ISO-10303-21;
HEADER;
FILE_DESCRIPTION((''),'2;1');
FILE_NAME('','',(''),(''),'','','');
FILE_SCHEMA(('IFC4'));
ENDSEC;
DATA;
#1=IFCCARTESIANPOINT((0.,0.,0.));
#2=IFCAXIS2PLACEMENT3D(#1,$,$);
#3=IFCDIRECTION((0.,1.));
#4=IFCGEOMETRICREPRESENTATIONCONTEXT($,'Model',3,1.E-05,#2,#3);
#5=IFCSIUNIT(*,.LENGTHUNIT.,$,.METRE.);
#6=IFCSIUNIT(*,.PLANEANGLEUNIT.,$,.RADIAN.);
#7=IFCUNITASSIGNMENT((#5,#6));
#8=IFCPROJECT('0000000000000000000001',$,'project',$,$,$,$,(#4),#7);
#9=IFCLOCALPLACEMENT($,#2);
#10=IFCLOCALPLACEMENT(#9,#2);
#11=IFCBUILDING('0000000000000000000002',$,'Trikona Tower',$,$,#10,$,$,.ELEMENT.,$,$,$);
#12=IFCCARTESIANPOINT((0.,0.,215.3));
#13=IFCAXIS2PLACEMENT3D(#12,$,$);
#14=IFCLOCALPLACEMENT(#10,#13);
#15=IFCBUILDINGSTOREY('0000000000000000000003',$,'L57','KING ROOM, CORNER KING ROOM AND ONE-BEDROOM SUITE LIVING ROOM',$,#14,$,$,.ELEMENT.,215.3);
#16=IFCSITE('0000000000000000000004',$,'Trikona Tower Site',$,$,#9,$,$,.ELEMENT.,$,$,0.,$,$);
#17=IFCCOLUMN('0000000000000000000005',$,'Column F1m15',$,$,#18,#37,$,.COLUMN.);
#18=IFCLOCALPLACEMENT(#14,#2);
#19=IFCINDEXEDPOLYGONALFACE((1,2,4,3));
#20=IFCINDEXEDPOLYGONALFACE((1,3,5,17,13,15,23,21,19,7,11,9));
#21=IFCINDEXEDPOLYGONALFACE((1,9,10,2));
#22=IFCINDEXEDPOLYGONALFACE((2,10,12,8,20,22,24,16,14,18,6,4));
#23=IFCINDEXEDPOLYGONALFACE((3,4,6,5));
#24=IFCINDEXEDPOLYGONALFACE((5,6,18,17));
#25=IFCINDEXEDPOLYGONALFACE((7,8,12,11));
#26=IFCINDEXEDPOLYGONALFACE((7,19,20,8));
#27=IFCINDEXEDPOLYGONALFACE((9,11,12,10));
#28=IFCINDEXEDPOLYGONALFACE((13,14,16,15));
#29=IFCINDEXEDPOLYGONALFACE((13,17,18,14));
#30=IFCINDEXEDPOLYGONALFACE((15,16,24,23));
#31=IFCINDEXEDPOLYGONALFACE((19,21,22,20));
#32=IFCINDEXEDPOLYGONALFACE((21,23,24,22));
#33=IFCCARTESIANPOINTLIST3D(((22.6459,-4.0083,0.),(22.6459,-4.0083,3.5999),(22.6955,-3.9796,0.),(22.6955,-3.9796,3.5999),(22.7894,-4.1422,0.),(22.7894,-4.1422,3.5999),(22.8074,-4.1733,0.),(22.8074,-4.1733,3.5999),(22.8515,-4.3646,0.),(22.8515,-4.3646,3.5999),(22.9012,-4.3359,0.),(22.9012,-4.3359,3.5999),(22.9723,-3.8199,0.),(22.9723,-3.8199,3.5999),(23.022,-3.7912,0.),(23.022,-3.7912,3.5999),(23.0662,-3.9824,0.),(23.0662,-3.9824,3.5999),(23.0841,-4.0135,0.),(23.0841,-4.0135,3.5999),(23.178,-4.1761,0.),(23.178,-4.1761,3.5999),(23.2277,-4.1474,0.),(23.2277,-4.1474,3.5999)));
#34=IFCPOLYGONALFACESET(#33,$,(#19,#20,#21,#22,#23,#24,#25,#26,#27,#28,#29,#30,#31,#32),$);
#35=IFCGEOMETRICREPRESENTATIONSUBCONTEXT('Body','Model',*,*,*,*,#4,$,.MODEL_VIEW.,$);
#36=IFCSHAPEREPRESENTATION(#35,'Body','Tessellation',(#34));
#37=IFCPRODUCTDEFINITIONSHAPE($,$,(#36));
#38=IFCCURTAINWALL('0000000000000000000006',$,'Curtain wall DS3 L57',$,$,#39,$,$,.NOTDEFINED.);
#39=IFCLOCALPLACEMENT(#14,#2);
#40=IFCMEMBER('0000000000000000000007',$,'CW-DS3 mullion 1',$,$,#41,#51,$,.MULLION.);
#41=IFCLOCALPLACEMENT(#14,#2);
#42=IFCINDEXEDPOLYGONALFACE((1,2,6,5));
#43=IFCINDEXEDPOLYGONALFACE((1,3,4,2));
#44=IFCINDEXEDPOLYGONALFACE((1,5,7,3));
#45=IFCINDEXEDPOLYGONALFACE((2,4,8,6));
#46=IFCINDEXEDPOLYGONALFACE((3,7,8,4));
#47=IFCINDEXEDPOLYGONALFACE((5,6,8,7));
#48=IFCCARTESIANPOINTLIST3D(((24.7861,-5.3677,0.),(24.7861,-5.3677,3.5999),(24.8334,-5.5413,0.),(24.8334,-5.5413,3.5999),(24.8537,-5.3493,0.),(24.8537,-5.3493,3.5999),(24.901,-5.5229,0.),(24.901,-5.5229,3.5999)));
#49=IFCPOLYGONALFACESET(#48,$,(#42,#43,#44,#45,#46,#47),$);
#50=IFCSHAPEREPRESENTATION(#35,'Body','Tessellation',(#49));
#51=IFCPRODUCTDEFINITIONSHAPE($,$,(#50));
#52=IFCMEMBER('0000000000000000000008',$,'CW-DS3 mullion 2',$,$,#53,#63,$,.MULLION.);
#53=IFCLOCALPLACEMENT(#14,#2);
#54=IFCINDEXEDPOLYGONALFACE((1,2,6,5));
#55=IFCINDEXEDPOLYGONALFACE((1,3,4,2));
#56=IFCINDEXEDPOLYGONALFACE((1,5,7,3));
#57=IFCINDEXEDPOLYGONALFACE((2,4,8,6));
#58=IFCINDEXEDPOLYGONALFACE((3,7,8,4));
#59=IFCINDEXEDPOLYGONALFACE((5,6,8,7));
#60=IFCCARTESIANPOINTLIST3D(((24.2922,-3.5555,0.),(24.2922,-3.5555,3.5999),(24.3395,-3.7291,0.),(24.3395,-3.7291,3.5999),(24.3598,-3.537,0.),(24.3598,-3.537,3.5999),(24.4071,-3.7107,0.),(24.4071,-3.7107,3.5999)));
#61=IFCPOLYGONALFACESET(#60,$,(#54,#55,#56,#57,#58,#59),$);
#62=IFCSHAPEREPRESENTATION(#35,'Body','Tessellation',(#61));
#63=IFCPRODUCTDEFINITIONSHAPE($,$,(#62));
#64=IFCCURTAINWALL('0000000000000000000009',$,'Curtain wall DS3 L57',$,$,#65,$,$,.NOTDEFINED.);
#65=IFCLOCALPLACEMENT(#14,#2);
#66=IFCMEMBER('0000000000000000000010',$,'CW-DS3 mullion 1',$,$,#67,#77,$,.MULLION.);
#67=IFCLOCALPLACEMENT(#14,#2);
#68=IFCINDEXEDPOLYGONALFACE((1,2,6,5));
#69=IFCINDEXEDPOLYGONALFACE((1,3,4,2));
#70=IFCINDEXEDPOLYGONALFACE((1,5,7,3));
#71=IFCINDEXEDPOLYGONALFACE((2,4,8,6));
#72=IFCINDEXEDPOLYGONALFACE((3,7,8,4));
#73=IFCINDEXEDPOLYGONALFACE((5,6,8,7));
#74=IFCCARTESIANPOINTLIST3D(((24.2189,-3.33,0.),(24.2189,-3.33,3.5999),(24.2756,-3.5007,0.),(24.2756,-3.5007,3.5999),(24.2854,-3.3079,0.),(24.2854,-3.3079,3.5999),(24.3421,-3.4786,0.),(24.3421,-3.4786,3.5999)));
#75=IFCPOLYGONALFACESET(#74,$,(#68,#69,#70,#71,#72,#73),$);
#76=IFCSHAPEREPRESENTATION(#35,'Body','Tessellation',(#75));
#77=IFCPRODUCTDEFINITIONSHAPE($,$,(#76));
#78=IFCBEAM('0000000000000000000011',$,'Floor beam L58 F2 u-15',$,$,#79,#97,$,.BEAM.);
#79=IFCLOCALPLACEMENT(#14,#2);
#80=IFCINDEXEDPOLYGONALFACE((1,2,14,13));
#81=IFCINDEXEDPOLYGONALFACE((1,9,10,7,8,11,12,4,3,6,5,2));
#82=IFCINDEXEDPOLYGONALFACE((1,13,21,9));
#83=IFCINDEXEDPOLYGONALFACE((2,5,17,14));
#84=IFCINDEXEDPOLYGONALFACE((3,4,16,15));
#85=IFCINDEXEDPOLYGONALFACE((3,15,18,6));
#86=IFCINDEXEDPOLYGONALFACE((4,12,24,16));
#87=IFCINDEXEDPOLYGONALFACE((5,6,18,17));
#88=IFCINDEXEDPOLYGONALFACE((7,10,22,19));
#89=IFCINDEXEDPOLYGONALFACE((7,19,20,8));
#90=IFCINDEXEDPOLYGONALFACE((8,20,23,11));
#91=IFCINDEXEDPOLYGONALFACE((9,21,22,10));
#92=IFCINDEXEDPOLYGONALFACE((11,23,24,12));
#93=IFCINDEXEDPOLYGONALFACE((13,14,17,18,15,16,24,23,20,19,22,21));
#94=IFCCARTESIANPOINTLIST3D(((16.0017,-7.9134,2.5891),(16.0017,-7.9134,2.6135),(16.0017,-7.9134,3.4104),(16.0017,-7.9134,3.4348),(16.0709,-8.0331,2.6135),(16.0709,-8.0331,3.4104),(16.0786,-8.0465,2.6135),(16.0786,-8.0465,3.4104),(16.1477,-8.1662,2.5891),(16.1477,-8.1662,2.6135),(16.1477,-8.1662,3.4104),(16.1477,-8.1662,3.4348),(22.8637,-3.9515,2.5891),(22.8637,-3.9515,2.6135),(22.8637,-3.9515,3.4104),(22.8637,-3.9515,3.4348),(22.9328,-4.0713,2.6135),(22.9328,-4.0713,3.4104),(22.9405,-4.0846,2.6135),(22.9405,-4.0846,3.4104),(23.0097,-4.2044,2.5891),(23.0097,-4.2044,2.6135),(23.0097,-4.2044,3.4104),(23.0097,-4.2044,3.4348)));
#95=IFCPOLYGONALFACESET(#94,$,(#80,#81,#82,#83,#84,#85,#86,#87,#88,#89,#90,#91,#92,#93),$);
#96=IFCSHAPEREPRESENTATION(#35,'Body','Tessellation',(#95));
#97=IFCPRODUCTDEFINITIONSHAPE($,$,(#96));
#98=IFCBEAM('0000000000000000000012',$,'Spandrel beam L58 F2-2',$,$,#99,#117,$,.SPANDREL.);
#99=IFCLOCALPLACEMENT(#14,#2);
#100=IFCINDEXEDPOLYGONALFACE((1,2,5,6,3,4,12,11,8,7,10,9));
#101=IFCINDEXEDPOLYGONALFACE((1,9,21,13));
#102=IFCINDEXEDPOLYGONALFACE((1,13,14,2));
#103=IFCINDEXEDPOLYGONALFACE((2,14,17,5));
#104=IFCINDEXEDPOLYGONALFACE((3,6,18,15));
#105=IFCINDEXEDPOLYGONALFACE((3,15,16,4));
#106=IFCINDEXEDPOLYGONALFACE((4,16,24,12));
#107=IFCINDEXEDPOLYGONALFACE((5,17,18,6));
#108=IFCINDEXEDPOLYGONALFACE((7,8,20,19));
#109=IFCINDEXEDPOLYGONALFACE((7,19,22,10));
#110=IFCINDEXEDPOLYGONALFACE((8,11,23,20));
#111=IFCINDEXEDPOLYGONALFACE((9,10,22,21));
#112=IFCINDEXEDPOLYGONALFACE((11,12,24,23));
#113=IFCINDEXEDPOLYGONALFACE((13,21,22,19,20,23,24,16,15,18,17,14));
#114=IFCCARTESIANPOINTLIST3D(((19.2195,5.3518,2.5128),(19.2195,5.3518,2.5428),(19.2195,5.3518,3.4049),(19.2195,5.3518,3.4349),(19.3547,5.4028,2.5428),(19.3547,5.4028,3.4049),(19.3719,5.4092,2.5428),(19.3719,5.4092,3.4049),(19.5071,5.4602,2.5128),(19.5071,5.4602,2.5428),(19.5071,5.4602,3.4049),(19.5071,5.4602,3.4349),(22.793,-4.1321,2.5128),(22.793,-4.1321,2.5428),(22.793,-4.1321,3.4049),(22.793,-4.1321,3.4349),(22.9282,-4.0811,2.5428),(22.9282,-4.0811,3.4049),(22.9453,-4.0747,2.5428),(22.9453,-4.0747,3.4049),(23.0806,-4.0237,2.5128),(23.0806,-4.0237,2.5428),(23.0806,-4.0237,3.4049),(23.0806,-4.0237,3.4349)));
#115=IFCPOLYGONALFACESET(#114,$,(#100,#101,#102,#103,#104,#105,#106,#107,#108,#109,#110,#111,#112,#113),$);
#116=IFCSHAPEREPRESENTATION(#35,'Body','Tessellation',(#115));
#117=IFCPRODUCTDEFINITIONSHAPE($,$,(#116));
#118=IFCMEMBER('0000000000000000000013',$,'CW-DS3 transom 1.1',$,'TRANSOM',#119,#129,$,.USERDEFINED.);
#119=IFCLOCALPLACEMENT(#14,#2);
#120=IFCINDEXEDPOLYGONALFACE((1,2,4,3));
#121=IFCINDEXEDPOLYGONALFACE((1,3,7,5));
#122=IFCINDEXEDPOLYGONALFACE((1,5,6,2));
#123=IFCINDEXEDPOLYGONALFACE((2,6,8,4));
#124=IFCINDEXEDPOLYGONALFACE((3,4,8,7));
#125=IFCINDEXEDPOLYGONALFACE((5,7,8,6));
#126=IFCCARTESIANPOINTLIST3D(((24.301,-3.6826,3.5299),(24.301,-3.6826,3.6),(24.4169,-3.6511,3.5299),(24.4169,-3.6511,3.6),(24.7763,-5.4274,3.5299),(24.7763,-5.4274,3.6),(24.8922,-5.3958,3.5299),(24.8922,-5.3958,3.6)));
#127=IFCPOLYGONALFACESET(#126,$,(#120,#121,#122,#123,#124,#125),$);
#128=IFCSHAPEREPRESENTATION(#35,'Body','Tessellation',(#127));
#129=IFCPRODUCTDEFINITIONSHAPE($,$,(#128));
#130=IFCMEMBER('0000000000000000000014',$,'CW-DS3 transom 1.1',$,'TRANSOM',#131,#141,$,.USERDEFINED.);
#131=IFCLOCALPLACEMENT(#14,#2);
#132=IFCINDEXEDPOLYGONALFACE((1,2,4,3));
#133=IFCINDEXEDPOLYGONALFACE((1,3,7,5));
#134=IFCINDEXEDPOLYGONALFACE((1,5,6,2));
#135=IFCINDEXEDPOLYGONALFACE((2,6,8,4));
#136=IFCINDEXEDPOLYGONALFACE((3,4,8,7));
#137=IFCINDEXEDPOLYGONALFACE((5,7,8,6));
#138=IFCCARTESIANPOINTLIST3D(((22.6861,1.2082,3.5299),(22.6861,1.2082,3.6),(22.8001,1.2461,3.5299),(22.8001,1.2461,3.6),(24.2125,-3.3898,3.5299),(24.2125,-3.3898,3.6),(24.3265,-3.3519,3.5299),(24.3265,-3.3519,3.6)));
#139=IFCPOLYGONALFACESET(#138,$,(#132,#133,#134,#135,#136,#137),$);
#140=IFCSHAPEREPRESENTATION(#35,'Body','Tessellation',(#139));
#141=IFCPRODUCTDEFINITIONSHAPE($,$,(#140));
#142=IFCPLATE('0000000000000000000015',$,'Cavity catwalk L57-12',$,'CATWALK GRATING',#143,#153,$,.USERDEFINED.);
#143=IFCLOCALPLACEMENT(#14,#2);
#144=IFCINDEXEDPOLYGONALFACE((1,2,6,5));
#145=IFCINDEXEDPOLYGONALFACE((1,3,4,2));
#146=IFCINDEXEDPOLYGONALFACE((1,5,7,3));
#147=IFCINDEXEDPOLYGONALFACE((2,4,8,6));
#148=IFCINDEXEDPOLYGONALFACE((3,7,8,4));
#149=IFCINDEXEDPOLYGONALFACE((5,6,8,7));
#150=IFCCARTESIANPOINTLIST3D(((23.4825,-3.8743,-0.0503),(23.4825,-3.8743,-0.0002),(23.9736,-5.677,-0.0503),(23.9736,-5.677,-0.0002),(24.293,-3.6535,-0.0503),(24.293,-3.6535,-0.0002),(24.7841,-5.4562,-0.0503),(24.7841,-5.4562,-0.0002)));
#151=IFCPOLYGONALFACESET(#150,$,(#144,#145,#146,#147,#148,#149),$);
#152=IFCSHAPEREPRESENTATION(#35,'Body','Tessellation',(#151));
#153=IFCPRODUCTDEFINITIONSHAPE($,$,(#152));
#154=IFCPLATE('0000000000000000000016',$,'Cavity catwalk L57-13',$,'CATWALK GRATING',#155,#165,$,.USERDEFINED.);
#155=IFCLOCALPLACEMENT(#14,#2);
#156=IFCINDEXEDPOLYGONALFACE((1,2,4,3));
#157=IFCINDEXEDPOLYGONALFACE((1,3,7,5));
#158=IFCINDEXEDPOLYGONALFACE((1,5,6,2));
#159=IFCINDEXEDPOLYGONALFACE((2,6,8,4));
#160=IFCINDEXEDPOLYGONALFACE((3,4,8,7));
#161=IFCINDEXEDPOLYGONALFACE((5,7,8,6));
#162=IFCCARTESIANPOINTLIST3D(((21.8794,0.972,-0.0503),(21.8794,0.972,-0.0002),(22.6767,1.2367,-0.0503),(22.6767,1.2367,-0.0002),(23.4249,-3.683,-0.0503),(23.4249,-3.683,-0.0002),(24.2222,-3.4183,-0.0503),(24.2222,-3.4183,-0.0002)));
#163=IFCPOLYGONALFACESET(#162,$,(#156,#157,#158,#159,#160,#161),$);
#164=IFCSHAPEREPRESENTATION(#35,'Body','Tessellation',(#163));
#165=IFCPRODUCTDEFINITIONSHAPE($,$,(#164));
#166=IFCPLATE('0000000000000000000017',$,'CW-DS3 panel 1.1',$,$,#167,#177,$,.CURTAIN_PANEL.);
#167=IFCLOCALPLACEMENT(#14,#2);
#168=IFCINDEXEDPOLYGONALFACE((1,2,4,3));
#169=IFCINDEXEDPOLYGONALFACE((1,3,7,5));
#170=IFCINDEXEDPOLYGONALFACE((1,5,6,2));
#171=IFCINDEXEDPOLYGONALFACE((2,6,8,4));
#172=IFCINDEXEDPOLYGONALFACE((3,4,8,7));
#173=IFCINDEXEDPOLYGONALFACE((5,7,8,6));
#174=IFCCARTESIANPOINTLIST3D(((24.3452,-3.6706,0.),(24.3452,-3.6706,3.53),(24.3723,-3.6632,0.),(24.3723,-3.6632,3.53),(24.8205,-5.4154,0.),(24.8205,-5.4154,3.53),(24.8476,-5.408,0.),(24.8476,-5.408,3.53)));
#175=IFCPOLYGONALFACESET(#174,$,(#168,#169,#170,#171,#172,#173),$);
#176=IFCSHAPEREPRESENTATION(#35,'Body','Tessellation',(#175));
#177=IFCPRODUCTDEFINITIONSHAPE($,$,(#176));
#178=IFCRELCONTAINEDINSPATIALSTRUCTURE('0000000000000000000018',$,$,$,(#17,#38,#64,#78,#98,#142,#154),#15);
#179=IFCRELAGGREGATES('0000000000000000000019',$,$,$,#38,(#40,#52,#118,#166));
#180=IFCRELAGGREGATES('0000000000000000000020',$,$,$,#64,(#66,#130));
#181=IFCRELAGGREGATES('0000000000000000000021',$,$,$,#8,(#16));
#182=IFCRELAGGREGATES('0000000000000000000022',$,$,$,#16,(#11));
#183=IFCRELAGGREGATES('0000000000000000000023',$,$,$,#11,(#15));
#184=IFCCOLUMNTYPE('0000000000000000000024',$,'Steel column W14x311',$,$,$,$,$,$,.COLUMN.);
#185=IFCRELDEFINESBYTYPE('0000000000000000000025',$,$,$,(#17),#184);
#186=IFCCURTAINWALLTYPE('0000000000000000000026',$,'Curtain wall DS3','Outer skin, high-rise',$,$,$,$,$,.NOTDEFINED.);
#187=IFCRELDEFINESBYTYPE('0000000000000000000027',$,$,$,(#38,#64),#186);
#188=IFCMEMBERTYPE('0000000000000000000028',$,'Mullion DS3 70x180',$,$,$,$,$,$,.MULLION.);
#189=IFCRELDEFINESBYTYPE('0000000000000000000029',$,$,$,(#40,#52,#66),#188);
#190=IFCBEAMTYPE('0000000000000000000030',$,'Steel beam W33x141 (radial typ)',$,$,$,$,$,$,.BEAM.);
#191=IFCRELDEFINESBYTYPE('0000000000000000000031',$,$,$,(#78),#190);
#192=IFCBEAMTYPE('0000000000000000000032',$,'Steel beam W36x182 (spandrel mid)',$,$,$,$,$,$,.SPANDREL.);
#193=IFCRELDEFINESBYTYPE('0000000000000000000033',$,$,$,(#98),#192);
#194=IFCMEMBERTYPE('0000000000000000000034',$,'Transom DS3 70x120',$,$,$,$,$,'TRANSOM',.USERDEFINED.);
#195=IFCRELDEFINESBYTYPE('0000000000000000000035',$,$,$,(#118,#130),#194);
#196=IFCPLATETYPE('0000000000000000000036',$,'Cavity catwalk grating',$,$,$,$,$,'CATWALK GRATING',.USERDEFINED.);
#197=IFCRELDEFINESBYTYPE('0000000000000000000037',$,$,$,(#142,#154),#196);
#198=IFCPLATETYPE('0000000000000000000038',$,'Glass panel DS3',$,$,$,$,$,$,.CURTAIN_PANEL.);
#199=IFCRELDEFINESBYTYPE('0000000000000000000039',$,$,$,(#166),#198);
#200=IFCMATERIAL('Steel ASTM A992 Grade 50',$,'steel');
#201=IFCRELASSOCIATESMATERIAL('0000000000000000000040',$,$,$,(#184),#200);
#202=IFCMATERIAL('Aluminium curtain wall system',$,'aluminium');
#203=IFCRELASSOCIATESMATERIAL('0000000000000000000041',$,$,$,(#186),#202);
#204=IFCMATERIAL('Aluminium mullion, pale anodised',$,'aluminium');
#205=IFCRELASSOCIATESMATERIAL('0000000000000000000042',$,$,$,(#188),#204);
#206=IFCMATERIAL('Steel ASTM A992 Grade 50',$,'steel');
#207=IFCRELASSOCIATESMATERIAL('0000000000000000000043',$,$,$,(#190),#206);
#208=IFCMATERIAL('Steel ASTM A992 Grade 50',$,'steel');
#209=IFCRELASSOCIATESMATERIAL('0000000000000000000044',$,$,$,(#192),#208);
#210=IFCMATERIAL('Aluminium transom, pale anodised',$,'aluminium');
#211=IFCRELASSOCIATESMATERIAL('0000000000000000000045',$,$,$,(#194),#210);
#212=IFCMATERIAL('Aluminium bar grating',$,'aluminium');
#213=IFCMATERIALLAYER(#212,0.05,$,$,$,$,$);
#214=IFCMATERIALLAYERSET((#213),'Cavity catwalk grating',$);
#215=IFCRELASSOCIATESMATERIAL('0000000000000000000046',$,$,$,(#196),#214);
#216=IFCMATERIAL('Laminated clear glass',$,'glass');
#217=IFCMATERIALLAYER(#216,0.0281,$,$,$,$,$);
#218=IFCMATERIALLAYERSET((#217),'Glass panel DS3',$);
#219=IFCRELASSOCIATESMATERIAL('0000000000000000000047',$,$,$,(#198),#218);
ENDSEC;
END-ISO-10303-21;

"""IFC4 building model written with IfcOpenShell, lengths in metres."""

from ifc_helpers import new_model, si_unit, direction, frame, origin, origin_2d, place, context, subcontext, project, spatial, rectangle, i_section, extrude, material, layer, layer_set, material_profile, profile_set, type_object, element, aggregate, save


model = new_model("IFC4")

# Units and contexts
model_context = context("Model", 3, precision=1e-05, world=origin(), true_north=direction((0.0, 1.0)))
body_context = subcontext(model_context, "Body", "Model", "MODEL_VIEW")
ifc_project = project(units=[si_unit("LENGTHUNIT", "METRE"), si_unit("PLANEANGLEUNIT", "RADIAN")], contexts=[model_context])

# Site, building, storey
site_placement = place(None, origin())
site = spatial("IfcSite", under=ifc_project, at=site_placement, Name="Trikona Tower Site", CompositionType="ELEMENT", RefElevation=0.0)
building_placement = place(site_placement, origin())
building = spatial("IfcBuilding", under=site, at=building_placement, Name="Trikona Tower", CompositionType="ELEMENT")
storey_placement = place(building_placement, frame((0.0, 0.0, 215.3)))
storey = spatial("IfcBuildingStorey", under=building, at=storey_placement, Name="L57", Description="KING ROOM, CORNER KING ROOM AND ONE-BEDROOM SUITE LIVING ROOM", CompositionType="ELEMENT", Elevation=215.3)

# Column
ifc_material_1 = material(Name="Steel ASTM A992 Grade 50", Category="steel")
ifc_material_profile_1 = material_profile(ifc_material_1, i_section(OverallWidth=0.4114, OverallDepth=0.4343, WebThickness=0.0359, FlangeThickness=0.0574, at=origin_2d()), Name="W14X311")
ifc_profile_set_1 = profile_set([ifc_material_profile_1], Name="Steel ASTM A992 Grade 50")
column_type = type_object("IfcColumnType", Name="Steel column W14x311", PredefinedType="COLUMN", material=ifc_profile_set_1)
column_placement = place(storey_placement, frame((22.9368, -4.0779, 0.0), z_axis=(0.0, 0.0, 1.0), x_axis=(-0.5, 0.866025, 0.0)))
element("IfcColumn", 1, at=column_placement, inside=storey, type_object=column_type, Name="Column F1m15", PredefinedType="COLUMN", context=body_context, shape_type="SweptSolid", body=[
    extrude(i_section(OverallWidth=0.4114, OverallDepth=0.4343, WebThickness=0.0359, FlangeThickness=0.0574, at=origin_2d()), origin(), (0.0, 0.0, 1.0), 3.5999),
])

# Curtain wall, members
ifc_material_2 = material(Name="Aluminium curtain wall system", Category="aluminium")
curtain_wall_type = type_object("IfcCurtainWallType", Name="Curtain wall DS3", Description="Outer skin, high-rise", PredefinedType="NOTDEFINED", material=ifc_material_2)
curtain_wall_1_placement = place(storey_placement, origin())
curtain_wall_1 = element("IfcCurtainWall", 2, at=curtain_wall_1_placement, inside=storey, type_object=curtain_wall_type, Name="Curtain wall DS3 L57", PredefinedType="NOTDEFINED")
ifc_material_3 = material(Name="Aluminium mullion, pale anodised", Category="aluminium")
ifc_material_profile_2 = material_profile(ifc_material_3, rectangle(XDim=0.0701, YDim=0.1799, at=origin_2d()), Name="MUL-DS3")
ifc_profile_set_2 = profile_set([ifc_material_profile_2], Name="Aluminium mullion, pale anodised")
member_type_1 = type_object("IfcMemberType", Name="Mullion DS3 70x180", PredefinedType="MULLION", material=ifc_profile_set_2)
member_1_placement = place(storey_placement, frame((24.8435, -5.4453, 0.0), z_axis=(0.0, 0.0, 1.0), x_axis=(-0.964838, -0.262844, 0.0)))
member_1 = element("IfcMember", 3, at=member_1_placement, type_object=member_type_1, Name="CW-DS3 mullion 1", PredefinedType="MULLION", context=body_context, shape_type="SweptSolid", body=[
    extrude(rectangle(XDim=0.0701, YDim=0.1799, at=origin_2d()), origin(), (0.0, 0.0, 1.0), 3.5999),
])
member_2_placement = place(storey_placement, frame((24.3496, -3.6331, 0.0), z_axis=(0.0, 0.0, 1.0), x_axis=(-0.964838, -0.262844, 0.0)))
member_2 = element("IfcMember", 4, at=member_2_placement, type_object=member_type_1, Name="CW-DS3 mullion 2", PredefinedType="MULLION", context=body_context, shape_type="SweptSolid", body=[
    extrude(rectangle(XDim=0.0701, YDim=0.1799, at=origin_2d()), origin(), (0.0, 0.0, 1.0), 3.5999),
])

# Curtain wall, member
curtain_wall_2_placement = place(storey_placement, origin())
curtain_wall_2 = element("IfcCurtainWall", 5, at=curtain_wall_2_placement, inside=storey, type_object=curtain_wall_type, Name="Curtain wall DS3 L57", PredefinedType="NOTDEFINED")
member_3_placement = place(storey_placement, frame((24.2805, -3.4043, 0.0), z_axis=(0.0, 0.0, 1.0), x_axis=(-0.949066, -0.315078, 0.0)))
member_3 = element("IfcMember", 6, at=member_3_placement, type_object=member_type_1, Name="CW-DS3 mullion 1", PredefinedType="MULLION", context=body_context, shape_type="SweptSolid", body=[
    extrude(rectangle(XDim=0.0701, YDim=0.1799, at=origin_2d()), origin(), (0.0, 0.0, 1.0), 3.5999),
])

# Beams
ifc_material_4 = material(Name="Steel ASTM A992 Grade 50", Category="steel")
ifc_material_profile_3 = material_profile(ifc_material_4, i_section(OverallWidth=0.292, OverallDepth=0.8457, WebThickness=0.0154, FlangeThickness=0.0244, at=origin_2d()), Name="W33X141")
ifc_profile_set_3 = profile_set([ifc_material_profile_3], Name="Steel ASTM A992 Grade 50")
beam_type_1 = type_object("IfcBeamType", Name="Steel beam W33x141 (radial typ)", PredefinedType="BEAM", material=ifc_profile_set_3)
beam_1_placement = place(storey_placement, frame((16.0747, -8.0398, 3.012), z_axis=(0.86602, 0.50001, 0.0), x_axis=(-0.50001, 0.86602, 0.0)))
element("IfcBeam", 7, at=beam_1_placement, inside=storey, type_object=beam_type_1, Name="Floor beam L58 F2 u-15", PredefinedType="BEAM", context=body_context, shape_type="SweptSolid", body=[
    extrude(i_section(OverallWidth=0.292, OverallDepth=0.8457, WebThickness=0.0154, FlangeThickness=0.0244, at=origin_2d()), origin(), (0.0, 0.0, 1.0), 7.9236),
])
ifc_material_5 = material(Name="Steel ASTM A992 Grade 50", Category="steel")
ifc_material_profile_4 = material_profile(ifc_material_5, i_section(OverallWidth=0.3074, OverallDepth=0.9221, WebThickness=0.0183, FlangeThickness=0.03, at=origin_2d()), Name="W36X182")
ifc_profile_set_4 = profile_set([ifc_material_profile_4], Name="Steel ASTM A992 Grade 50")
beam_type_2 = type_object("IfcBeamType", Name="Steel beam W36x182 (spandrel mid)", PredefinedType="SPANDREL", material=ifc_profile_set_4)
beam_2_placement = place(storey_placement, frame((22.9368, -4.0779, 2.9739), z_axis=(-0.352596, 0.935776, 0.0), x_axis=(-0.935776, -0.352596, 0.0)))
element("IfcBeam", 8, at=beam_2_placement, inside=storey, type_object=beam_type_2, Name="Spandrel beam L58 F2-2", PredefinedType="SPANDREL", context=body_context, shape_type="SweptSolid", body=[
    extrude(i_section(OverallWidth=0.3074, OverallDepth=0.9221, WebThickness=0.0183, FlangeThickness=0.03, at=origin_2d()), origin(), (0.0, 0.0, 1.0), 10.1348),
])

# Members
ifc_material_6 = material(Name="Aluminium transom, pale anodised", Category="aluminium")
ifc_material_profile_5 = material_profile(ifc_material_6, rectangle(XDim=0.1201, YDim=0.0701, at=origin_2d()), Name="TRN-DS3")
ifc_profile_set_5 = profile_set([ifc_material_profile_5], Name="Aluminium transom, pale anodised")
member_type_2 = type_object("IfcMemberType", Name="Transom DS3 70x120", ElementType="TRANSOM", PredefinedType="USERDEFINED", material=ifc_profile_set_5)
member_4_placement = place(storey_placement, frame((24.8342, -5.4116, 3.5649), z_axis=(-0.262843, 0.964839, 0.0), x_axis=(-0.964839, -0.262843, 0.0)))
member_4 = element("IfcMember", 9, at=member_4_placement, type_object=member_type_2, Name="CW-DS3 transom 1.1", ObjectType="TRANSOM", PredefinedType="USERDEFINED", context=body_context, shape_type="SweptSolid", body=[
    extrude(rectangle(XDim=0.1201, YDim=0.0701, at=origin_2d()), origin(), (0.0, 0.0, 1.0), 1.8083),
])
member_5_placement = place(storey_placement, frame((24.2695, -3.3708, 3.5649), z_axis=(-0.315063, 0.949071, 0.0), x_axis=(-0.949071, -0.315063, 0.0)))
member_5 = element("IfcMember", 10, at=member_5_placement, type_object=member_type_2, Name="CW-DS3 transom 1.1", ObjectType="TRANSOM", PredefinedType="USERDEFINED", context=body_context, shape_type="SweptSolid", body=[
    extrude(rectangle(XDim=0.1201, YDim=0.0701, at=origin_2d()), origin(), (0.0, 0.0, 1.0), 4.8447),
])

# Plates
ifc_material_7 = material(Name="Aluminium bar grating", Category="aluminium")
ifc_layer_1 = layer(ifc_material_7, 0.05)
ifc_layer_set_1 = layer_set([ifc_layer_1], Name="Cavity catwalk grating")
plate_type_1 = type_object("IfcPlateType", Name="Cavity catwalk grating", ElementType="CATWALK GRATING", PredefinedType="USERDEFINED", material=ifc_layer_set_1)
plate_1_placement = place(storey_placement, frame((24.1333, -4.6653, -0.0503), z_axis=(0.0, 0.0, 1.0), x_axis=(-0.262822, 0.964844, 0.0)))
element("IfcPlate", 11, at=plate_1_placement, inside=storey, type_object=plate_type_1, Name="Cavity catwalk L57-12", ObjectType="CATWALK GRATING", PredefinedType="USERDEFINED", context=body_context, shape_type="SweptSolid", body=[
    extrude(rectangle(XDim=1.8684, YDim=0.8401, at=origin_2d()), origin(), (0.0, 0.0, 1.0), 0.05),
])
plate_2_placement = place(storey_placement, frame((23.0508, -1.2231, -0.0503), z_axis=(0.0, 0.0, 1.0), x_axis=(-0.315093, 0.949061, 0.0)))
element("IfcPlate", 12, at=plate_2_placement, inside=storey, type_object=plate_type_1, Name="Cavity catwalk L57-13", ObjectType="CATWALK GRATING", PredefinedType="USERDEFINED", context=body_context, shape_type="SweptSolid", body=[
    extrude(rectangle(XDim=4.9048, YDim=0.8401, at=origin_2d()), origin(), (0.0, 0.0, 1.0), 0.05),
])

# Plate
ifc_material_8 = material(Name="Laminated clear glass", Category="glass")
ifc_layer_2 = layer(ifc_material_8, 0.0281)
ifc_layer_set_2 = layer_set([ifc_layer_2], Name="Glass panel DS3")
plate_type_2 = type_object("IfcPlateType", Name="Glass panel DS3", PredefinedType="CURTAIN_PANEL", material=ifc_layer_set_2)
plate_3_placement = place(storey_placement, frame((24.5964, -4.5393, 0.0), z_axis=(0.0, 0.0, 1.0), x_axis=(-0.262844, 0.964838, 0.0)))
plate_3 = element("IfcPlate", 13, at=plate_3_placement, type_object=plate_type_2, Name="CW-DS3 panel 1.1", PredefinedType="CURTAIN_PANEL", context=body_context, shape_type="SweptSolid", body=[
    extrude(rectangle(XDim=1.8083, YDim=0.0281, at=origin_2d()), origin(), (0.0, 0.0, 1.0), 3.53),
])
aggregate(curtain_wall_1, [member_1, member_2, member_4, plate_3])
aggregate(curtain_wall_2, [member_3, member_5])

save(model, "model.ifc")
